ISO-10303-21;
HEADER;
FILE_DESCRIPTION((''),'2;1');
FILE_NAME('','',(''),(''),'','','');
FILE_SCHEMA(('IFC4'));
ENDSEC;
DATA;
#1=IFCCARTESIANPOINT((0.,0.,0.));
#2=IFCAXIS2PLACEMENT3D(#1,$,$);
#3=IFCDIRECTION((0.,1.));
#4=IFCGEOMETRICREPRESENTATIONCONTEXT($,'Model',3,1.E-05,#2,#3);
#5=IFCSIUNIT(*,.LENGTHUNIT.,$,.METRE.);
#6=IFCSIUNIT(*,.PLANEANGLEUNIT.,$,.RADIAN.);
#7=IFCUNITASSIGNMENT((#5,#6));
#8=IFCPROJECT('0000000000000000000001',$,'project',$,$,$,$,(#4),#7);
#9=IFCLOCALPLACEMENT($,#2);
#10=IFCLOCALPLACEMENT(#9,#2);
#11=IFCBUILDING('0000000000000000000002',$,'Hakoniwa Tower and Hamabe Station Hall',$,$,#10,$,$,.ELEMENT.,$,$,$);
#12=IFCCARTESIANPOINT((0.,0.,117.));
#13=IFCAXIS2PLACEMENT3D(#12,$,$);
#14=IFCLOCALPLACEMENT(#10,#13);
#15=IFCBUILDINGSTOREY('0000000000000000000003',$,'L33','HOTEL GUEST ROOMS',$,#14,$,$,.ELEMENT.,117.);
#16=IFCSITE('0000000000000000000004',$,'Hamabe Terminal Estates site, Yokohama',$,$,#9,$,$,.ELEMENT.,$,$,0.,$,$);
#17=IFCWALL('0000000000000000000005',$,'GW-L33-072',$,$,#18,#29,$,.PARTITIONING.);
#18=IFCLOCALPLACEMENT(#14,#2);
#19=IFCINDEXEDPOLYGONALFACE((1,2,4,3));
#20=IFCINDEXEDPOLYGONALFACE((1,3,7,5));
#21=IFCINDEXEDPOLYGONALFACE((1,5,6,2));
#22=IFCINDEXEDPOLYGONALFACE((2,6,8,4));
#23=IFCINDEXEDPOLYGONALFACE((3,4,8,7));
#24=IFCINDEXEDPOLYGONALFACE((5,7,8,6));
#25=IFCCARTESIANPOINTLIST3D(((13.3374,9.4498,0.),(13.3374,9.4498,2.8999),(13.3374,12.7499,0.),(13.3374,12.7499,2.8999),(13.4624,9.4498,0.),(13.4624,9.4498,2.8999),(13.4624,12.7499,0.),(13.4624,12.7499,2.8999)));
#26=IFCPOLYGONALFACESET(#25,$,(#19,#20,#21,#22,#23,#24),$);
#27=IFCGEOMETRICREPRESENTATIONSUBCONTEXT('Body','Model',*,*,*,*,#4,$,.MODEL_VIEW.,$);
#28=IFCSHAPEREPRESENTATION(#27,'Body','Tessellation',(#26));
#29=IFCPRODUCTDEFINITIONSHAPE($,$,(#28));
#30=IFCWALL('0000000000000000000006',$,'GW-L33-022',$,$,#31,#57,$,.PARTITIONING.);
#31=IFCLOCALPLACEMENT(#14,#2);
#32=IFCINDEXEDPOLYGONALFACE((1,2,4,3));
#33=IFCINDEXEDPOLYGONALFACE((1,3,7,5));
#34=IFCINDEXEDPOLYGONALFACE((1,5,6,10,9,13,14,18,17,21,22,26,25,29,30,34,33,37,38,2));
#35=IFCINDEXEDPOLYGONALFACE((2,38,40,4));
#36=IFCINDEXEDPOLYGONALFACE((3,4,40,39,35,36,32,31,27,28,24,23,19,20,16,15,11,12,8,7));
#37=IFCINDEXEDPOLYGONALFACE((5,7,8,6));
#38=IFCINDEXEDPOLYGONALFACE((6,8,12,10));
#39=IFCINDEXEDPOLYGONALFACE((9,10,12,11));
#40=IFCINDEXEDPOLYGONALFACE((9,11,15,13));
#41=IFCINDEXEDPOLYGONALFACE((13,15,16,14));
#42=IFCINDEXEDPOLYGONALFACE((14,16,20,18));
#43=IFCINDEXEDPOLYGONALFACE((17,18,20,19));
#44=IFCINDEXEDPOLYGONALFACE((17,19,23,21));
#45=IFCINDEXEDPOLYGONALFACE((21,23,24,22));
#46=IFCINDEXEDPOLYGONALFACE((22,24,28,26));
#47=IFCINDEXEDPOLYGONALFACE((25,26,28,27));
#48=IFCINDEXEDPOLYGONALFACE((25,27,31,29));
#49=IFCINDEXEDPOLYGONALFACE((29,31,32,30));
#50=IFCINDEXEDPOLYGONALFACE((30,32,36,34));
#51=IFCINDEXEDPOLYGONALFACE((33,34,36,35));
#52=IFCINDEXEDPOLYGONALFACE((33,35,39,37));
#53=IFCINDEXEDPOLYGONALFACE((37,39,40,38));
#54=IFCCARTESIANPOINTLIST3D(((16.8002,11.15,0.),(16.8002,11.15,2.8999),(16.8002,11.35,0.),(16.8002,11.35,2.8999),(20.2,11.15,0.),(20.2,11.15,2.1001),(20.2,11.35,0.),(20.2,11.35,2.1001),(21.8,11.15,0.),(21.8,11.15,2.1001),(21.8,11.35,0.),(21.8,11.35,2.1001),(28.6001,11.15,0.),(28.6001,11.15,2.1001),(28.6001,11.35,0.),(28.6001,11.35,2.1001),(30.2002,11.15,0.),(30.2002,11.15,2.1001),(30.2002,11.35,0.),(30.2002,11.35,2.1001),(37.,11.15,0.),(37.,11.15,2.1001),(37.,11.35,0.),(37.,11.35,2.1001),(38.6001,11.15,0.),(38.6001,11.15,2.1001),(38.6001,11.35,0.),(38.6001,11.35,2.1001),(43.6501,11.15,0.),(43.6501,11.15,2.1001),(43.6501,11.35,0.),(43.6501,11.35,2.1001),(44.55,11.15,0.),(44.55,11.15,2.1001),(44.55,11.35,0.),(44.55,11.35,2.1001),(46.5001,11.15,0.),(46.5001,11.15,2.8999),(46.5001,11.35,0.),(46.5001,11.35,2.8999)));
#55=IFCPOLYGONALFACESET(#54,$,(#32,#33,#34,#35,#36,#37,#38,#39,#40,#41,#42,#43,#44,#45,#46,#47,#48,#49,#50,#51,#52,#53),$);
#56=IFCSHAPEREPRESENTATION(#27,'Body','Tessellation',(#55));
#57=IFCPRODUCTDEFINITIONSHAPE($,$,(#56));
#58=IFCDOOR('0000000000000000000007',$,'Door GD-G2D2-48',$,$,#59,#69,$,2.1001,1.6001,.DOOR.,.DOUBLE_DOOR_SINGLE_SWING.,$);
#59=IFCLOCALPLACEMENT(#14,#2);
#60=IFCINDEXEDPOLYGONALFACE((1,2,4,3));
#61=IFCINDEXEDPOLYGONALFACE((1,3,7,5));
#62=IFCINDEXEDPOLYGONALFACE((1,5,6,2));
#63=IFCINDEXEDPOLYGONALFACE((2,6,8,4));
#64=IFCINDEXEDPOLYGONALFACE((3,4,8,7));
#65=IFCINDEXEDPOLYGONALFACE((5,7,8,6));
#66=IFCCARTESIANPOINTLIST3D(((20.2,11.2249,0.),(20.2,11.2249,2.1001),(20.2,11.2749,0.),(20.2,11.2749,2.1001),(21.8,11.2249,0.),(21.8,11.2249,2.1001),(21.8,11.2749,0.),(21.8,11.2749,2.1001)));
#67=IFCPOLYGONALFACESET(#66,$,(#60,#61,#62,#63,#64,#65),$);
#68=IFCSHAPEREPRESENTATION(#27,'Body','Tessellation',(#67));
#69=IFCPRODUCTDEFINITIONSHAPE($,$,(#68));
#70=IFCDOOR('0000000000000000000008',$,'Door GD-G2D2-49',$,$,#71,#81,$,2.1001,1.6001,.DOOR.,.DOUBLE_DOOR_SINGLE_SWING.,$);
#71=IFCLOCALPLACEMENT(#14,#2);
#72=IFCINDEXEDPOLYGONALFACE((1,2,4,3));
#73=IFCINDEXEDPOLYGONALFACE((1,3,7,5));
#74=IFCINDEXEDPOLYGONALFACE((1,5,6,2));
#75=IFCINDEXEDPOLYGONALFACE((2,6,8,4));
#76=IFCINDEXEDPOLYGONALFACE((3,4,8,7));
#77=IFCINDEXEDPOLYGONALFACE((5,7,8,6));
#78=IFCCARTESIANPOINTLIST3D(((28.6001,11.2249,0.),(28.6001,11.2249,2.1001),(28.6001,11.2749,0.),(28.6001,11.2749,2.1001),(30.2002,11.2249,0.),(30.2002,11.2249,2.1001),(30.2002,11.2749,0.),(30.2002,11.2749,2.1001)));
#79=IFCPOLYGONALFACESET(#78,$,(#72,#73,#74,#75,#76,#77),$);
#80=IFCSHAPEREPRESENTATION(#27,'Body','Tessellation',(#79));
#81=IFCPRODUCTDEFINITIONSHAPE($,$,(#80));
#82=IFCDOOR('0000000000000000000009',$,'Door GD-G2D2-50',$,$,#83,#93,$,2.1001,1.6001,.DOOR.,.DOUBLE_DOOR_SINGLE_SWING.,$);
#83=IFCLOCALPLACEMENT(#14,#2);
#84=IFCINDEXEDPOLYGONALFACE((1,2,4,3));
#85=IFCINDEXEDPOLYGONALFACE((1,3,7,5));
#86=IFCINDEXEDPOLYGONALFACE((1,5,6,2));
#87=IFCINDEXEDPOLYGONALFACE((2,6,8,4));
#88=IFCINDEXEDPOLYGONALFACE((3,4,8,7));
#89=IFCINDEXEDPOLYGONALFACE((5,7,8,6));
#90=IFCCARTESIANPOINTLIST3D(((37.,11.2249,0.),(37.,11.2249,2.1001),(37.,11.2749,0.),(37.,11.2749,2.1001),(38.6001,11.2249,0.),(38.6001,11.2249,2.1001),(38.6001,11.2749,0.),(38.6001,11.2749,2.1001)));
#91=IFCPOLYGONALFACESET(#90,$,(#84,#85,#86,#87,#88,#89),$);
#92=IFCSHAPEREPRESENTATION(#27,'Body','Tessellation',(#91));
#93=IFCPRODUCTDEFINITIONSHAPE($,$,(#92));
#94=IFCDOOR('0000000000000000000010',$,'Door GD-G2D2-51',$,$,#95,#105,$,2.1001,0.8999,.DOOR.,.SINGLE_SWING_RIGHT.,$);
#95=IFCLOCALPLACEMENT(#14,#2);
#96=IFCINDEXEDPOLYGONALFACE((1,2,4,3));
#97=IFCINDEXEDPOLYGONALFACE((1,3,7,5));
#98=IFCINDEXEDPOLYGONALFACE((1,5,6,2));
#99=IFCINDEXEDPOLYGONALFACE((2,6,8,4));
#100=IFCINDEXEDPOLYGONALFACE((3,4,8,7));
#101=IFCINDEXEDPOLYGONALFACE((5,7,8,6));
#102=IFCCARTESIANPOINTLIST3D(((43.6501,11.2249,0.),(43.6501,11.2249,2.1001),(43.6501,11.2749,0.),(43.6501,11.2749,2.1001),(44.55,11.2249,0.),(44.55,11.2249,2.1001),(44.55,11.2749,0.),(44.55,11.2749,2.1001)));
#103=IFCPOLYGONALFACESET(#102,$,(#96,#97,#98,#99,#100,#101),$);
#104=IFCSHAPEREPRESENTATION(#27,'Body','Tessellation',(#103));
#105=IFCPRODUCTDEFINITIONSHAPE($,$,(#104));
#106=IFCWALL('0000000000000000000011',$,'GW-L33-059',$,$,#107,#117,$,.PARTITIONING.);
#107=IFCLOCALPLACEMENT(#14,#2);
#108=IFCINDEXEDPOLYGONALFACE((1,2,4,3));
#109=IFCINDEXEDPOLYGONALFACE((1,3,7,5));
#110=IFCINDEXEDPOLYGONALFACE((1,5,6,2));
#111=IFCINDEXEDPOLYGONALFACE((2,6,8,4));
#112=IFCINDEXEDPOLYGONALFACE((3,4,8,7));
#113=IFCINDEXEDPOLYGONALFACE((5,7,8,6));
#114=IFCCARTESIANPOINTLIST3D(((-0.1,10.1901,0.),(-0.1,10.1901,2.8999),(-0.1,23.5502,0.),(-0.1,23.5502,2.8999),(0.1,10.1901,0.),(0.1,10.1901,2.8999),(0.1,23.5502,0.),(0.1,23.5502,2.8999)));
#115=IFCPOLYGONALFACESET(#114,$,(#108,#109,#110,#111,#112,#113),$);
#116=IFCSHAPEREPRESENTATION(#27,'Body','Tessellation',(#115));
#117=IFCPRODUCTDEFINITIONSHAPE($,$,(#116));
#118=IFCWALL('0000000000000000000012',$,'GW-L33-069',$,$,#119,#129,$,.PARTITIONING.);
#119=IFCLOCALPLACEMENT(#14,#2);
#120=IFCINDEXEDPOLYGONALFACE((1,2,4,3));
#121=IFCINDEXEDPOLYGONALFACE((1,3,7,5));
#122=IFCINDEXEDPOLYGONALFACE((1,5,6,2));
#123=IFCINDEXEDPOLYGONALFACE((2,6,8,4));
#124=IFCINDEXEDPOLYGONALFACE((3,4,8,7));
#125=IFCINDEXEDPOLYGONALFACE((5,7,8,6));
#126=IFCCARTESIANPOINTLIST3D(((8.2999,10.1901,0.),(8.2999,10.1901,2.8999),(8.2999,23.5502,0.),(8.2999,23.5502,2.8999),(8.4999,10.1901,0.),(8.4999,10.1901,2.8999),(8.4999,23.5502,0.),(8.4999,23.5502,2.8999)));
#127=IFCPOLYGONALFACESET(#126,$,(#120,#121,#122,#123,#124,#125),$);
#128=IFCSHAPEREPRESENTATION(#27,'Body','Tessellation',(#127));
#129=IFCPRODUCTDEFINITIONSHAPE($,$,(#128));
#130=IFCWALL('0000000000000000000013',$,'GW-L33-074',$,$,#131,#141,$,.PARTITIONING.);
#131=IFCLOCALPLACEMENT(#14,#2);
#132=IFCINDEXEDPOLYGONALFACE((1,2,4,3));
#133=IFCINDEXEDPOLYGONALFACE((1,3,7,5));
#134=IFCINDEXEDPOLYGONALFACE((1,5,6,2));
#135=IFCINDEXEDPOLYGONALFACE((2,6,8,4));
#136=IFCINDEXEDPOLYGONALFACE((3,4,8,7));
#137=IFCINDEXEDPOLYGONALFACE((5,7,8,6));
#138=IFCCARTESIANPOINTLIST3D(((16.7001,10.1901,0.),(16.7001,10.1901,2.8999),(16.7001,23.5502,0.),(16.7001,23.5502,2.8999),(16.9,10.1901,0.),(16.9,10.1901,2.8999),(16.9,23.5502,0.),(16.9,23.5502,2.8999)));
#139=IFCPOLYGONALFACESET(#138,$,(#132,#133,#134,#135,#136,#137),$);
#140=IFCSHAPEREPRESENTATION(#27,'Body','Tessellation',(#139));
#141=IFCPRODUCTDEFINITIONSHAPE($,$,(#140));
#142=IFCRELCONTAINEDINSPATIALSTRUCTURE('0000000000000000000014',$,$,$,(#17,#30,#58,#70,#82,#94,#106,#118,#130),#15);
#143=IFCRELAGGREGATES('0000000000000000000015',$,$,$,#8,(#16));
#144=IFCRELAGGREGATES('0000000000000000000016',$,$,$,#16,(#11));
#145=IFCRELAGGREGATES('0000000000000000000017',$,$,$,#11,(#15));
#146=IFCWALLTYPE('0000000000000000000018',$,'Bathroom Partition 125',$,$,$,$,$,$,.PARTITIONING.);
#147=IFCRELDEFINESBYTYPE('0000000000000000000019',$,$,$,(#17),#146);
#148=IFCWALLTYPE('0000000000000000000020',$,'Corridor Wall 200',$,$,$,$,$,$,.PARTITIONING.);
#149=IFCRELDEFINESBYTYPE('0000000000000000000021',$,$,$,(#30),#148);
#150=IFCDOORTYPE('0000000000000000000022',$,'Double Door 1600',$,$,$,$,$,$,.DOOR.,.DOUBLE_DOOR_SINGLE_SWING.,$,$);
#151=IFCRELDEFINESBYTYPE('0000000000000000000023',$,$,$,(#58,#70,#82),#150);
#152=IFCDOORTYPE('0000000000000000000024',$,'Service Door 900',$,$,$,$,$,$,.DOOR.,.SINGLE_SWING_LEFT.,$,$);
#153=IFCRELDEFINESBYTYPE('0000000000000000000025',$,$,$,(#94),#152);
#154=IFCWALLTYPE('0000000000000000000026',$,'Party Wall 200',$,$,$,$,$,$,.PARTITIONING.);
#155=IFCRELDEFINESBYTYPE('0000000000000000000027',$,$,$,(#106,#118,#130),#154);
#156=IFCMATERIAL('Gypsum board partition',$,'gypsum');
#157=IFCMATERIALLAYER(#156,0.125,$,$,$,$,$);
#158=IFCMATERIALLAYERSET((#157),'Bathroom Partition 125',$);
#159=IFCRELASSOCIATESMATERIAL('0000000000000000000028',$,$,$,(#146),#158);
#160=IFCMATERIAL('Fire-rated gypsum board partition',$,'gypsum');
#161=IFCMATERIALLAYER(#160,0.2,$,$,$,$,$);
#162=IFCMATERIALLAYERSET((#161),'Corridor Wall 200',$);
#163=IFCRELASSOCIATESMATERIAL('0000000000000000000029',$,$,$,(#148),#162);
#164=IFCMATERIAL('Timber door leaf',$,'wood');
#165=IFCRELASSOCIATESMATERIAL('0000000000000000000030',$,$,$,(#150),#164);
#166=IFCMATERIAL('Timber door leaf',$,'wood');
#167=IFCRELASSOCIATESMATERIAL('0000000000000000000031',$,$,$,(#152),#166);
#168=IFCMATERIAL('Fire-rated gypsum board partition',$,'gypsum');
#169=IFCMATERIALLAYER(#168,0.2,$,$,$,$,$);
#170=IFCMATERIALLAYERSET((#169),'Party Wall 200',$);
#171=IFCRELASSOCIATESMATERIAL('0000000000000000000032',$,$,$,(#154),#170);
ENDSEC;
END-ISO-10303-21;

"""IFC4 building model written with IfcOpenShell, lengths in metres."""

from ifc_helpers import new_model, si_unit, direction, frame, frame_2d, origin, place, context, subcontext, project, spatial, rectangle, extrude, material, layer, layer_set, type_object, element, fill, save


model = new_model("IFC4")

# Units and contexts
model_context = context("Model", 3, precision=1e-05, world=origin(), true_north=direction((0.0, 1.0)))
body_context = subcontext(model_context, "Body", "Model", "MODEL_VIEW")
ifc_project = project(units=[si_unit("LENGTHUNIT", "METRE"), si_unit("PLANEANGLEUNIT", "RADIAN")], contexts=[model_context])

# Site, building, storey
site_placement = place(None, origin())
site = spatial("IfcSite", under=ifc_project, at=site_placement, Name="Hamabe Terminal Estates site, Yokohama", CompositionType="ELEMENT", RefElevation=0.0)
building_placement = place(site_placement, origin())
building = spatial("IfcBuilding", under=site, at=building_placement, Name="Hakoniwa Tower and Hamabe Station Hall", CompositionType="ELEMENT")
storey_placement = place(building_placement, frame((0.0, 0.0, 117.0)))
storey = spatial("IfcBuildingStorey", under=building, at=storey_placement, Name="L33", Description="HOTEL GUEST ROOMS", CompositionType="ELEMENT", Elevation=117.0)

# Shared definitions
ifc_material_1 = material(Name="Gypsum board partition", Category="gypsum")
ifc_layer_1 = layer(ifc_material_1, 0.125)
ifc_layer_set_1 = layer_set([ifc_layer_1], Name="Bathroom Partition 125")
wall_type_1 = type_object("IfcWallType", Name="Bathroom Partition 125", PredefinedType="PARTITIONING", material=ifc_layer_set_1)

# Wall
wall_1_placement = place(storey_placement, frame((13.3999, 9.45, 0.0), z_axis=(0.0, 0.0, 1.0), x_axis=(0.0, 1.0, 0.0)))
element("IfcWall", 1, at=wall_1_placement, inside=storey, type_object=wall_type_1, Name="GW-L33-072", PredefinedType="PARTITIONING", context=body_context, shape_type="SweptSolid", body=[
    extrude(rectangle(XDim=3.3, YDim=0.125, at=frame_2d((1.6499, 0.0))), origin(), (0.0, 0.0, 1.0), 2.8999),
])

# Wall, openings, doors
ifc_material_2 = material(Name="Fire-rated gypsum board partition", Category="gypsum")
ifc_layer_2 = layer(ifc_material_2, 0.2)
ifc_layer_set_2 = layer_set([ifc_layer_2], Name="Corridor Wall 200")
wall_type_2 = type_object("IfcWallType", Name="Corridor Wall 200", PredefinedType="PARTITIONING", material=ifc_layer_set_2)
wall_2_placement = place(storey_placement, frame((16.8, 11.25, 0.0), z_axis=(0.0, 0.0, 1.0), x_axis=(1.0, 0.0, 0.0)))
wall_2 = element("IfcWall", 2, at=wall_2_placement, inside=storey, type_object=wall_type_2, Name="GW-L33-022", PredefinedType="PARTITIONING", context=body_context, shape_type="SweptSolid", body=[
    extrude(rectangle(XDim=29.7, YDim=0.2, at=frame_2d((14.8501, 0.0))), origin(), (0.0, 0.0, 1.0), 2.8999),
])
opening_1_placement = place(wall_2_placement, frame((3.3999, 0.0, 0.0)))
opening_1 = element("IfcOpeningElement", 3, at=opening_1_placement, cuts=wall_2, PredefinedType="OPENING", context=body_context, shape_type="SweptSolid", body=[
    extrude(rectangle(XDim=1.6001, YDim=2.1001, at=frame_2d((0.8, 1.05))), frame((0.0, 0.1099, 0.0), z_axis=(0.0, -1.0, 0.0), x_axis=(1.0, 0.0, 0.0)), (0.0, 0.0, 1.0), 0.22),
])
opening_2_placement = place(wall_2_placement, frame((11.8, 0.0, 0.0)))
opening_2 = element("IfcOpeningElement", 4, at=opening_2_placement, cuts=wall_2, PredefinedType="OPENING", context=body_context, shape_type="SweptSolid", body=[
    extrude(rectangle(XDim=1.6001, YDim=2.1001, at=frame_2d((0.8, 1.05))), frame((0.0, 0.1099, 0.0), z_axis=(0.0, -1.0, 0.0), x_axis=(1.0, 0.0, 0.0)), (0.0, 0.0, 1.0), 0.22),
])
opening_3_placement = place(wall_2_placement, frame((20.2, 0.0, 0.0)))
opening_3 = element("IfcOpeningElement", 5, at=opening_3_placement, cuts=wall_2, PredefinedType="OPENING", context=body_context, shape_type="SweptSolid", body=[
    extrude(rectangle(XDim=1.6001, YDim=2.1001, at=frame_2d((0.8, 1.05))), frame((0.0, 0.1099, 0.0), z_axis=(0.0, -1.0, 0.0), x_axis=(1.0, 0.0, 0.0)), (0.0, 0.0, 1.0), 0.22),
])
opening_4_placement = place(wall_2_placement, frame((26.8501, 0.0, 0.0)))
opening_4 = element("IfcOpeningElement", 6, at=opening_4_placement, cuts=wall_2, PredefinedType="OPENING", context=body_context, shape_type="SweptSolid", body=[
    extrude(rectangle(XDim=0.8999, YDim=2.1001, at=frame_2d((0.45, 1.05))), frame((0.0, 0.1099, 0.0), z_axis=(0.0, -1.0, 0.0), x_axis=(1.0, 0.0, 0.0)), (0.0, 0.0, 1.0), 0.22),
])
ifc_material_3 = material(Name="Timber door leaf", Category="wood")
door_type_1 = type_object("IfcDoorType", Name="Double Door 1600", OperationType="DOUBLE_DOOR_SINGLE_SWING", PredefinedType="DOOR", material=ifc_material_3)
door_1_placement = place(opening_1_placement, origin())
door_1 = element("IfcDoor", 7, at=door_1_placement, inside=storey, type_object=door_type_1, Name="Door GD-G2D2-48", OperationType="DOUBLE_DOOR_SINGLE_SWING", OverallHeight=2.1001, OverallWidth=1.6001, PredefinedType="DOOR", context=body_context, shape_type="SweptSolid", body=[
    extrude(rectangle(XDim=1.6001, YDim=2.1001, at=frame_2d((0.8, 1.05))), frame((0.0, 0.0249, 0.0), z_axis=(0.0, -1.0, 0.0), x_axis=(1.0, 0.0, 0.0)), (0.0, 0.0, 1.0), 0.05),
])
fill(opening_1, door_1)
door_2_placement = place(opening_2_placement, origin())
door_2 = element("IfcDoor", 8, at=door_2_placement, inside=storey, type_object=door_type_1, Name="Door GD-G2D2-49", OperationType="DOUBLE_DOOR_SINGLE_SWING", OverallHeight=2.1001, OverallWidth=1.6001, PredefinedType="DOOR", context=body_context, shape_type="SweptSolid", body=[
    extrude(rectangle(XDim=1.6001, YDim=2.1001, at=frame_2d((0.8, 1.05))), frame((0.0, 0.0249, 0.0), z_axis=(0.0, -1.0, 0.0), x_axis=(1.0, 0.0, 0.0)), (0.0, 0.0, 1.0), 0.05),
])
fill(opening_2, door_2)
door_3_placement = place(opening_3_placement, origin())
door_3 = element("IfcDoor", 9, at=door_3_placement, inside=storey, type_object=door_type_1, Name="Door GD-G2D2-50", OperationType="DOUBLE_DOOR_SINGLE_SWING", OverallHeight=2.1001, OverallWidth=1.6001, PredefinedType="DOOR", context=body_context, shape_type="SweptSolid", body=[
    extrude(rectangle(XDim=1.6001, YDim=2.1001, at=frame_2d((0.8, 1.05))), frame((0.0, 0.0249, 0.0), z_axis=(0.0, -1.0, 0.0), x_axis=(1.0, 0.0, 0.0)), (0.0, 0.0, 1.0), 0.05),
])
fill(opening_3, door_3)
ifc_material_4 = material(Name="Timber door leaf", Category="wood")
door_type_2 = type_object("IfcDoorType", Name="Service Door 900", OperationType="SINGLE_SWING_LEFT", PredefinedType="DOOR", material=ifc_material_4)
door_4_placement = place(opening_4_placement, origin())
door_4 = element("IfcDoor", 10, at=door_4_placement, inside=storey, type_object=door_type_2, Name="Door GD-G2D2-51", OperationType="SINGLE_SWING_RIGHT", OverallHeight=2.1001, OverallWidth=0.8999, PredefinedType="DOOR", context=body_context, shape_type="SweptSolid", body=[
    extrude(rectangle(XDim=0.8999, YDim=2.1001, at=frame_2d((0.45, 1.05))), frame((0.0, 0.0249, 0.0), z_axis=(0.0, -1.0, 0.0), x_axis=(1.0, 0.0, 0.0)), (0.0, 0.0, 1.0), 0.05),
])
fill(opening_4, door_4)

# Walls
ifc_material_5 = material(Name="Fire-rated gypsum board partition", Category="gypsum")
ifc_layer_3 = layer(ifc_material_5, 0.2)
ifc_layer_set_3 = layer_set([ifc_layer_3], Name="Party Wall 200")
wall_type_3 = type_object("IfcWallType", Name="Party Wall 200", PredefinedType="PARTITIONING", material=ifc_layer_set_3)
for number, where, z_axis, x_axis, name in (
    (11, (0.0, 10.1899, 0.0), (0.0, 0.0, 1.0), (0.0, 1.0, 0.0), "GW-L33-059"),
    (12, (8.3999, 10.1899, 0.0), (0.0, 0.0, 1.0), (0.0, 1.0, 0.0), "GW-L33-069"),
    (13, (16.8, 10.1899, 0.0), (0.0, 0.0, 1.0), (0.0, 1.0, 0.0), "GW-L33-074"),
):
    element("IfcWall", number, at=place(storey_placement, frame(where, z_axis=z_axis, x_axis=x_axis)), inside=storey, type_object=wall_type_3, Name=name, PredefinedType="PARTITIONING", context=body_context, shape_type="SweptSolid", body=[
        extrude(rectangle(XDim=13.3601, YDim=0.2, at=frame_2d((6.6802, 0.0))), origin(), (0.0, 0.0, 1.0), 2.8999),
    ])

save(model, "model.ifc")
